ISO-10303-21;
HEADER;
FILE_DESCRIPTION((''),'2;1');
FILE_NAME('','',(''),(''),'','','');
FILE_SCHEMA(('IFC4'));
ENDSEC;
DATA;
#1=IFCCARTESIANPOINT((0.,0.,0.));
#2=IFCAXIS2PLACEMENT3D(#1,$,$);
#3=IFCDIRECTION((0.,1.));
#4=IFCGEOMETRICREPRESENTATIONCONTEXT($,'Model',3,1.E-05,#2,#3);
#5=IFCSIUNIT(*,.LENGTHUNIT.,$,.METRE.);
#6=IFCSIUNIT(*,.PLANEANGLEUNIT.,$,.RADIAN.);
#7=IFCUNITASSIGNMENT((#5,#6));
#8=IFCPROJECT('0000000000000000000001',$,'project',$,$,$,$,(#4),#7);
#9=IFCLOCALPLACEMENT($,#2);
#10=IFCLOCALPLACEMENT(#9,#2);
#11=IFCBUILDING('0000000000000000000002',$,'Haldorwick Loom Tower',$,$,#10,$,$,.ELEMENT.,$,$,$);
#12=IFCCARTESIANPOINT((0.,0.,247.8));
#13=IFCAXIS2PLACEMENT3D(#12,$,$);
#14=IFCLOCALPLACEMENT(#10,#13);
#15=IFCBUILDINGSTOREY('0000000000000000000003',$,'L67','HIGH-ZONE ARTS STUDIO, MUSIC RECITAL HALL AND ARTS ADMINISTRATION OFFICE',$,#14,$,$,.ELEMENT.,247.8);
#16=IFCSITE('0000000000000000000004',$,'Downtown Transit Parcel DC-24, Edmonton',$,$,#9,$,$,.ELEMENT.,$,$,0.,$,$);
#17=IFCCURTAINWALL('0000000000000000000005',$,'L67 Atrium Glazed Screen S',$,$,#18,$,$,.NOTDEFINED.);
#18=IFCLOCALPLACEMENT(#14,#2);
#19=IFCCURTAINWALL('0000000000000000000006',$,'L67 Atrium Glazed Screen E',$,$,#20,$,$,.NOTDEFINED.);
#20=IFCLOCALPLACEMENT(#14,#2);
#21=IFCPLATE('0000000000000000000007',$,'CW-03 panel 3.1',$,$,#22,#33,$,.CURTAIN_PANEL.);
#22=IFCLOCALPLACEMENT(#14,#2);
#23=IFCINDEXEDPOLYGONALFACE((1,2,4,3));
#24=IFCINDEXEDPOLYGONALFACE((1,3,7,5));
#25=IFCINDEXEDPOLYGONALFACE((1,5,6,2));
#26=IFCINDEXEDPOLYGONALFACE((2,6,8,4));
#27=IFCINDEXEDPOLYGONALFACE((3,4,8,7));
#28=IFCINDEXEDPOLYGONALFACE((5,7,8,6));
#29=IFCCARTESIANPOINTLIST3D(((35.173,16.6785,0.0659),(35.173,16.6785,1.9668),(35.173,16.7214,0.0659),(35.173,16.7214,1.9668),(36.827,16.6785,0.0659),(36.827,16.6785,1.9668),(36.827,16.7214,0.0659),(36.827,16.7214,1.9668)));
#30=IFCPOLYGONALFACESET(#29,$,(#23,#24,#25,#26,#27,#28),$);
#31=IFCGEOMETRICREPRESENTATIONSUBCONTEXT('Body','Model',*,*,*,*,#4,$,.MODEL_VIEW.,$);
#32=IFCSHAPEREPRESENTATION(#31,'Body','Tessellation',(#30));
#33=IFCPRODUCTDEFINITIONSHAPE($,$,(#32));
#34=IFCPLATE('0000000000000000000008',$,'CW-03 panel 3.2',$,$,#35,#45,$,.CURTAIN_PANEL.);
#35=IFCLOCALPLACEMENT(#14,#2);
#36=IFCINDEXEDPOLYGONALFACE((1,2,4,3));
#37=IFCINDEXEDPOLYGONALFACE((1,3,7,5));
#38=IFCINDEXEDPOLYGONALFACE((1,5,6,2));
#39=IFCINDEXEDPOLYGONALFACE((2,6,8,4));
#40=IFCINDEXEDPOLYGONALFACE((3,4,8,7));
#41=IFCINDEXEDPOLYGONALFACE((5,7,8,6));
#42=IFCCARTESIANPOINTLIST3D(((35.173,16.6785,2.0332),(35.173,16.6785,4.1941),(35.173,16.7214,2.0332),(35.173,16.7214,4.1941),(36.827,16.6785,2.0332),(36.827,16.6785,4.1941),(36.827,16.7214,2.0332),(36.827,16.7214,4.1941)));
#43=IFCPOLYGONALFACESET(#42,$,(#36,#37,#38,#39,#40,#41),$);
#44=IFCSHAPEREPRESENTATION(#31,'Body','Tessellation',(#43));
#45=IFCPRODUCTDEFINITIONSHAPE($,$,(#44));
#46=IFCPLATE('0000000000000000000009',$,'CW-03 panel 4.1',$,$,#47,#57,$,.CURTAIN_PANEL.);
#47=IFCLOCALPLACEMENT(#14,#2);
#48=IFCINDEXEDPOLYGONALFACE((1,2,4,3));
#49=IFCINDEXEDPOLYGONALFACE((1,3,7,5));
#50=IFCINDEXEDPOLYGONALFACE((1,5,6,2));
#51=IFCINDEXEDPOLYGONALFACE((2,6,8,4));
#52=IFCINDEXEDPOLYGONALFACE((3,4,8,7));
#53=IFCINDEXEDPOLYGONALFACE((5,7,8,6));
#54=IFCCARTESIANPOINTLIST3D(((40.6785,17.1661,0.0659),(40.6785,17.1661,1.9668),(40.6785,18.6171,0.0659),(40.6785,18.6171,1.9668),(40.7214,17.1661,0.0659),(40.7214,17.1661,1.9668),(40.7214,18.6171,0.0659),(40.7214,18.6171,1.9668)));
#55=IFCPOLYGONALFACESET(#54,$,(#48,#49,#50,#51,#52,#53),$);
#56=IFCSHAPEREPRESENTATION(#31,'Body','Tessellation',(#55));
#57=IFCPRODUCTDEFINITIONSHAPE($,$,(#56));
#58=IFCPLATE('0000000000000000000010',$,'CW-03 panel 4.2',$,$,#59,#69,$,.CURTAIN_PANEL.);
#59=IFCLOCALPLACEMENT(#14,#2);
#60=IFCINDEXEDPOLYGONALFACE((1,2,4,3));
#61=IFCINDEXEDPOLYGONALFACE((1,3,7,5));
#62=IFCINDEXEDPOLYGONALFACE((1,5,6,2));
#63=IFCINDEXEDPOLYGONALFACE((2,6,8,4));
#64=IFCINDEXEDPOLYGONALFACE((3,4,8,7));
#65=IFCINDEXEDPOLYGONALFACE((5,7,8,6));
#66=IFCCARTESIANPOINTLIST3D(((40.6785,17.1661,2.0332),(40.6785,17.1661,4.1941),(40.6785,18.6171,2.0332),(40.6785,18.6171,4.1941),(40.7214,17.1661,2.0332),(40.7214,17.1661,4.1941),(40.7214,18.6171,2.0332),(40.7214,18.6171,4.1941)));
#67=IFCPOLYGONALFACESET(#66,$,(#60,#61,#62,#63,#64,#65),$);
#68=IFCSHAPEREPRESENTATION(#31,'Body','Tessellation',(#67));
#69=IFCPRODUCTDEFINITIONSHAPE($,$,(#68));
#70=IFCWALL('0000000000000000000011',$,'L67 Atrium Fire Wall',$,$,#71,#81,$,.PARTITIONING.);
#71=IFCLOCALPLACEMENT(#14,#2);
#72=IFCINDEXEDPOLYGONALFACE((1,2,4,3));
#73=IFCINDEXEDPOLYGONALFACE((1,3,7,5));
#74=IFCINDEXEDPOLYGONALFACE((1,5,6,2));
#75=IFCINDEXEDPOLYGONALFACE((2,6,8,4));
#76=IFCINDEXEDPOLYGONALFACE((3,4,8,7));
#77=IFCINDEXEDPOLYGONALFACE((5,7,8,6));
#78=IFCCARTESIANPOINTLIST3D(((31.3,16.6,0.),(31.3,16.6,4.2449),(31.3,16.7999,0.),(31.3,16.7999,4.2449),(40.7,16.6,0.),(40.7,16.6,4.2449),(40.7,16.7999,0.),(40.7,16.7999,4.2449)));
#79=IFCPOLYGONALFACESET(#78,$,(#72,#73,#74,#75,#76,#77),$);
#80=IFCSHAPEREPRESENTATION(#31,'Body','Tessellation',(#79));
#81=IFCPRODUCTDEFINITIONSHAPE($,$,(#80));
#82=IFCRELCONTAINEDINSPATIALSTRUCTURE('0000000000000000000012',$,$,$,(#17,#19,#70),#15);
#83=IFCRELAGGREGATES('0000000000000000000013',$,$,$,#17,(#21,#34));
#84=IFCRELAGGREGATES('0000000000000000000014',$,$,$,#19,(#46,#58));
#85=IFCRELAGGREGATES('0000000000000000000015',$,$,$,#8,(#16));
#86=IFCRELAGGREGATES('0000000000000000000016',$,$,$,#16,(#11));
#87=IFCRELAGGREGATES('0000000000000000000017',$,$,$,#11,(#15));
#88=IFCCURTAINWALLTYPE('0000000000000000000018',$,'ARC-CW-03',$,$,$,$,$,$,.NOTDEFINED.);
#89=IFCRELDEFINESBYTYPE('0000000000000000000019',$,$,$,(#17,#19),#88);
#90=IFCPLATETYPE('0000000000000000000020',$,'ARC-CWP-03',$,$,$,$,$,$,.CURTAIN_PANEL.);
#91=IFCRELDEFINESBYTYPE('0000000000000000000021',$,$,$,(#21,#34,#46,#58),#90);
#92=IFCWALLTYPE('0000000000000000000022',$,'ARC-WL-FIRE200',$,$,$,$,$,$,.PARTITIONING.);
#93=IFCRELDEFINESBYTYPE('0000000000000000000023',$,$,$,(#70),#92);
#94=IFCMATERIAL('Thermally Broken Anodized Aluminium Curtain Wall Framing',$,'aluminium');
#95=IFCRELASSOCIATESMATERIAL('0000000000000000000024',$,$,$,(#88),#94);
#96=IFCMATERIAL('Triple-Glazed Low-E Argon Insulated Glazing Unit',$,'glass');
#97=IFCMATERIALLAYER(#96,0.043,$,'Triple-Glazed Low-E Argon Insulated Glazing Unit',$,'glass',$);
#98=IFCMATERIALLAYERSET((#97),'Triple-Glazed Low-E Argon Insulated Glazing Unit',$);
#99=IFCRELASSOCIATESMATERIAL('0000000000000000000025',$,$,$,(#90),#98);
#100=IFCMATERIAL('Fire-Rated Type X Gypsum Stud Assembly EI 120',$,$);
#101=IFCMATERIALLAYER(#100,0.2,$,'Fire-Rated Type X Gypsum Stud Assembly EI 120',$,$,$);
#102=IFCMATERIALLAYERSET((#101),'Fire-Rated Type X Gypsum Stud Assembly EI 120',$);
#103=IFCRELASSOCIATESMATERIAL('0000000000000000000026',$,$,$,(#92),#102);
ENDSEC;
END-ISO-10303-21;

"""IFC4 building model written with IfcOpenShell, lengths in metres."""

from ifc_helpers import new_model, si_unit, direction, frame, frame_2d, origin, origin_2d, place, context, subcontext, project, spatial, rectangle, extrude, material, layer, layer_set, type_object, element, aggregate, save


model = new_model("IFC4")

# Units and contexts
model_context = context("Model", 3, precision=1e-05, world=origin(), true_north=direction((0.0, 1.0)))
body_context = subcontext(model_context, "Body", "Model", "MODEL_VIEW")
ifc_project = project(units=[si_unit("LENGTHUNIT", "METRE"), si_unit("PLANEANGLEUNIT", "RADIAN")], contexts=[model_context])

# Site, building, storey
site_placement = place(None, origin())
site = spatial("IfcSite", under=ifc_project, at=site_placement, Name="Downtown Transit Parcel DC-24, Edmonton", CompositionType="ELEMENT", RefElevation=0.0)
building_placement = place(site_placement, origin())
building = spatial("IfcBuilding", under=site, at=building_placement, Name="Haldorwick Loom Tower", CompositionType="ELEMENT")
storey_placement = place(building_placement, frame((0.0, 0.0, 247.8)))
storey = spatial("IfcBuildingStorey", under=building, at=storey_placement, Name="L67", Description="HIGH-ZONE ARTS STUDIO, MUSIC RECITAL HALL AND ARTS ADMINISTRATION OFFICE", CompositionType="ELEMENT", Elevation=247.8)

# Curtain wall
ifc_material_1 = material(Name="Thermally Broken Anodized Aluminium Curtain Wall Framing", Category="aluminium")
curtain_wall_type_1 = type_object("IfcCurtainWallType", Name="ARC-CW-03", PredefinedType="NOTDEFINED", material=ifc_material_1)
curtain_wall_1_placement = place(storey_placement, origin())
curtain_wall_1 = element("IfcCurtainWall", 1, at=curtain_wall_1_placement, inside=storey, type_object=curtain_wall_type_1, Name="L67 Atrium Glazed Screen S", PredefinedType="NOTDEFINED")

# Curtain wall
curtain_wall_2_placement = place(storey_placement, origin())
curtain_wall_2 = element("IfcCurtainWall", 2, at=curtain_wall_2_placement, inside=storey, type_object=curtain_wall_type_1, Name="L67 Atrium Glazed Screen E", PredefinedType="NOTDEFINED")

# Plates
ifc_material_2 = material(Name="Triple-Glazed Low-E Argon Insulated Glazing Unit", Category="glass")
ifc_layer_1 = layer(ifc_material_2, 0.043, Name="Triple-Glazed Low-E Argon Insulated Glazing Unit", Category="glass")
ifc_layer_set_1 = layer_set([ifc_layer_1], Name="Triple-Glazed Low-E Argon Insulated Glazing Unit")
plate_type = type_object("IfcPlateType", Name="ARC-CWP-03", PredefinedType="CURTAIN_PANEL", material=ifc_layer_set_1)
plate_1_placement = place(storey_placement, frame((36.0, 16.7, 0.0659), z_axis=(0.0, 0.0, 1.0), x_axis=(-1.0, 0.0, 0.0)))
plate_1 = element("IfcPlate", 3, at=plate_1_placement, type_object=plate_type, Name="CW-03 panel 3.1", PredefinedType="CURTAIN_PANEL", context=body_context, shape_type="SweptSolid", body=[
    extrude(rectangle(XDim=1.6541, YDim=0.043, at=origin_2d()), origin(), (0.0, 0.0, 1.0), 1.9009),
])
plate_2_placement = place(storey_placement, frame((36.0, 16.7, 2.0332), z_axis=(0.0, 0.0, 1.0), x_axis=(-1.0, 0.0, 0.0)))
plate_2 = element("IfcPlate", 4, at=plate_2_placement, type_object=plate_type, Name="CW-03 panel 3.2", PredefinedType="CURTAIN_PANEL", context=body_context, shape_type="SweptSolid", body=[
    extrude(rectangle(XDim=1.6541, YDim=0.043, at=origin_2d()), origin(), (0.0, 0.0, 1.0), 2.1609),
])
aggregate(curtain_wall_1, [plate_1, plate_2])
plate_3_placement = place(storey_placement, frame((40.7, 17.8916, 0.0659), z_axis=(0.0, 0.0, 1.0), x_axis=(0.0, -1.0, 0.0)))
plate_3 = element("IfcPlate", 5, at=plate_3_placement, type_object=plate_type, Name="CW-03 panel 4.1", PredefinedType="CURTAIN_PANEL", context=body_context, shape_type="SweptSolid", body=[
    extrude(rectangle(XDim=1.4509, YDim=0.043, at=origin_2d()), origin(), (0.0, 0.0, 1.0), 1.9009),
])
plate_4_placement = place(storey_placement, frame((40.7, 17.8916, 2.0332), z_axis=(0.0, 0.0, 1.0), x_axis=(0.0, -1.0, 0.0)))
plate_4 = element("IfcPlate", 6, at=plate_4_placement, type_object=plate_type, Name="CW-03 panel 4.2", PredefinedType="CURTAIN_PANEL", context=body_context, shape_type="SweptSolid", body=[
    extrude(rectangle(XDim=1.4509, YDim=0.043, at=origin_2d()), origin(), (0.0, 0.0, 1.0), 2.1609),
])
aggregate(curtain_wall_2, [plate_3, plate_4])

# Wall
ifc_material_3 = material(Name="Fire-Rated Type X Gypsum Stud Assembly EI 120")
ifc_layer_2 = layer(ifc_material_3, 0.2, Name="Fire-Rated Type X Gypsum Stud Assembly EI 120")
ifc_layer_set_2 = layer_set([ifc_layer_2], Name="Fire-Rated Type X Gypsum Stud Assembly EI 120")
wall_type = type_object("IfcWallType", Name="ARC-WL-FIRE200", PredefinedType="PARTITIONING", material=ifc_layer_set_2)
wall_placement = place(storey_placement, frame((40.7, 16.7, 0.0), z_axis=(0.0, 0.0, 1.0), x_axis=(-1.0, 0.0, 0.0)))
element("IfcWall", 7, at=wall_placement, inside=storey, type_object=wall_type, Name="L67 Atrium Fire Wall", PredefinedType="PARTITIONING", context=body_context, shape_type="SweptSolid", body=[
    extrude(rectangle(XDim=9.3999, YDim=0.2, at=frame_2d((4.7, 0.0))), origin(), (0.0, 0.0, 1.0), 4.2449),
])

save(model, "model.ifc")
